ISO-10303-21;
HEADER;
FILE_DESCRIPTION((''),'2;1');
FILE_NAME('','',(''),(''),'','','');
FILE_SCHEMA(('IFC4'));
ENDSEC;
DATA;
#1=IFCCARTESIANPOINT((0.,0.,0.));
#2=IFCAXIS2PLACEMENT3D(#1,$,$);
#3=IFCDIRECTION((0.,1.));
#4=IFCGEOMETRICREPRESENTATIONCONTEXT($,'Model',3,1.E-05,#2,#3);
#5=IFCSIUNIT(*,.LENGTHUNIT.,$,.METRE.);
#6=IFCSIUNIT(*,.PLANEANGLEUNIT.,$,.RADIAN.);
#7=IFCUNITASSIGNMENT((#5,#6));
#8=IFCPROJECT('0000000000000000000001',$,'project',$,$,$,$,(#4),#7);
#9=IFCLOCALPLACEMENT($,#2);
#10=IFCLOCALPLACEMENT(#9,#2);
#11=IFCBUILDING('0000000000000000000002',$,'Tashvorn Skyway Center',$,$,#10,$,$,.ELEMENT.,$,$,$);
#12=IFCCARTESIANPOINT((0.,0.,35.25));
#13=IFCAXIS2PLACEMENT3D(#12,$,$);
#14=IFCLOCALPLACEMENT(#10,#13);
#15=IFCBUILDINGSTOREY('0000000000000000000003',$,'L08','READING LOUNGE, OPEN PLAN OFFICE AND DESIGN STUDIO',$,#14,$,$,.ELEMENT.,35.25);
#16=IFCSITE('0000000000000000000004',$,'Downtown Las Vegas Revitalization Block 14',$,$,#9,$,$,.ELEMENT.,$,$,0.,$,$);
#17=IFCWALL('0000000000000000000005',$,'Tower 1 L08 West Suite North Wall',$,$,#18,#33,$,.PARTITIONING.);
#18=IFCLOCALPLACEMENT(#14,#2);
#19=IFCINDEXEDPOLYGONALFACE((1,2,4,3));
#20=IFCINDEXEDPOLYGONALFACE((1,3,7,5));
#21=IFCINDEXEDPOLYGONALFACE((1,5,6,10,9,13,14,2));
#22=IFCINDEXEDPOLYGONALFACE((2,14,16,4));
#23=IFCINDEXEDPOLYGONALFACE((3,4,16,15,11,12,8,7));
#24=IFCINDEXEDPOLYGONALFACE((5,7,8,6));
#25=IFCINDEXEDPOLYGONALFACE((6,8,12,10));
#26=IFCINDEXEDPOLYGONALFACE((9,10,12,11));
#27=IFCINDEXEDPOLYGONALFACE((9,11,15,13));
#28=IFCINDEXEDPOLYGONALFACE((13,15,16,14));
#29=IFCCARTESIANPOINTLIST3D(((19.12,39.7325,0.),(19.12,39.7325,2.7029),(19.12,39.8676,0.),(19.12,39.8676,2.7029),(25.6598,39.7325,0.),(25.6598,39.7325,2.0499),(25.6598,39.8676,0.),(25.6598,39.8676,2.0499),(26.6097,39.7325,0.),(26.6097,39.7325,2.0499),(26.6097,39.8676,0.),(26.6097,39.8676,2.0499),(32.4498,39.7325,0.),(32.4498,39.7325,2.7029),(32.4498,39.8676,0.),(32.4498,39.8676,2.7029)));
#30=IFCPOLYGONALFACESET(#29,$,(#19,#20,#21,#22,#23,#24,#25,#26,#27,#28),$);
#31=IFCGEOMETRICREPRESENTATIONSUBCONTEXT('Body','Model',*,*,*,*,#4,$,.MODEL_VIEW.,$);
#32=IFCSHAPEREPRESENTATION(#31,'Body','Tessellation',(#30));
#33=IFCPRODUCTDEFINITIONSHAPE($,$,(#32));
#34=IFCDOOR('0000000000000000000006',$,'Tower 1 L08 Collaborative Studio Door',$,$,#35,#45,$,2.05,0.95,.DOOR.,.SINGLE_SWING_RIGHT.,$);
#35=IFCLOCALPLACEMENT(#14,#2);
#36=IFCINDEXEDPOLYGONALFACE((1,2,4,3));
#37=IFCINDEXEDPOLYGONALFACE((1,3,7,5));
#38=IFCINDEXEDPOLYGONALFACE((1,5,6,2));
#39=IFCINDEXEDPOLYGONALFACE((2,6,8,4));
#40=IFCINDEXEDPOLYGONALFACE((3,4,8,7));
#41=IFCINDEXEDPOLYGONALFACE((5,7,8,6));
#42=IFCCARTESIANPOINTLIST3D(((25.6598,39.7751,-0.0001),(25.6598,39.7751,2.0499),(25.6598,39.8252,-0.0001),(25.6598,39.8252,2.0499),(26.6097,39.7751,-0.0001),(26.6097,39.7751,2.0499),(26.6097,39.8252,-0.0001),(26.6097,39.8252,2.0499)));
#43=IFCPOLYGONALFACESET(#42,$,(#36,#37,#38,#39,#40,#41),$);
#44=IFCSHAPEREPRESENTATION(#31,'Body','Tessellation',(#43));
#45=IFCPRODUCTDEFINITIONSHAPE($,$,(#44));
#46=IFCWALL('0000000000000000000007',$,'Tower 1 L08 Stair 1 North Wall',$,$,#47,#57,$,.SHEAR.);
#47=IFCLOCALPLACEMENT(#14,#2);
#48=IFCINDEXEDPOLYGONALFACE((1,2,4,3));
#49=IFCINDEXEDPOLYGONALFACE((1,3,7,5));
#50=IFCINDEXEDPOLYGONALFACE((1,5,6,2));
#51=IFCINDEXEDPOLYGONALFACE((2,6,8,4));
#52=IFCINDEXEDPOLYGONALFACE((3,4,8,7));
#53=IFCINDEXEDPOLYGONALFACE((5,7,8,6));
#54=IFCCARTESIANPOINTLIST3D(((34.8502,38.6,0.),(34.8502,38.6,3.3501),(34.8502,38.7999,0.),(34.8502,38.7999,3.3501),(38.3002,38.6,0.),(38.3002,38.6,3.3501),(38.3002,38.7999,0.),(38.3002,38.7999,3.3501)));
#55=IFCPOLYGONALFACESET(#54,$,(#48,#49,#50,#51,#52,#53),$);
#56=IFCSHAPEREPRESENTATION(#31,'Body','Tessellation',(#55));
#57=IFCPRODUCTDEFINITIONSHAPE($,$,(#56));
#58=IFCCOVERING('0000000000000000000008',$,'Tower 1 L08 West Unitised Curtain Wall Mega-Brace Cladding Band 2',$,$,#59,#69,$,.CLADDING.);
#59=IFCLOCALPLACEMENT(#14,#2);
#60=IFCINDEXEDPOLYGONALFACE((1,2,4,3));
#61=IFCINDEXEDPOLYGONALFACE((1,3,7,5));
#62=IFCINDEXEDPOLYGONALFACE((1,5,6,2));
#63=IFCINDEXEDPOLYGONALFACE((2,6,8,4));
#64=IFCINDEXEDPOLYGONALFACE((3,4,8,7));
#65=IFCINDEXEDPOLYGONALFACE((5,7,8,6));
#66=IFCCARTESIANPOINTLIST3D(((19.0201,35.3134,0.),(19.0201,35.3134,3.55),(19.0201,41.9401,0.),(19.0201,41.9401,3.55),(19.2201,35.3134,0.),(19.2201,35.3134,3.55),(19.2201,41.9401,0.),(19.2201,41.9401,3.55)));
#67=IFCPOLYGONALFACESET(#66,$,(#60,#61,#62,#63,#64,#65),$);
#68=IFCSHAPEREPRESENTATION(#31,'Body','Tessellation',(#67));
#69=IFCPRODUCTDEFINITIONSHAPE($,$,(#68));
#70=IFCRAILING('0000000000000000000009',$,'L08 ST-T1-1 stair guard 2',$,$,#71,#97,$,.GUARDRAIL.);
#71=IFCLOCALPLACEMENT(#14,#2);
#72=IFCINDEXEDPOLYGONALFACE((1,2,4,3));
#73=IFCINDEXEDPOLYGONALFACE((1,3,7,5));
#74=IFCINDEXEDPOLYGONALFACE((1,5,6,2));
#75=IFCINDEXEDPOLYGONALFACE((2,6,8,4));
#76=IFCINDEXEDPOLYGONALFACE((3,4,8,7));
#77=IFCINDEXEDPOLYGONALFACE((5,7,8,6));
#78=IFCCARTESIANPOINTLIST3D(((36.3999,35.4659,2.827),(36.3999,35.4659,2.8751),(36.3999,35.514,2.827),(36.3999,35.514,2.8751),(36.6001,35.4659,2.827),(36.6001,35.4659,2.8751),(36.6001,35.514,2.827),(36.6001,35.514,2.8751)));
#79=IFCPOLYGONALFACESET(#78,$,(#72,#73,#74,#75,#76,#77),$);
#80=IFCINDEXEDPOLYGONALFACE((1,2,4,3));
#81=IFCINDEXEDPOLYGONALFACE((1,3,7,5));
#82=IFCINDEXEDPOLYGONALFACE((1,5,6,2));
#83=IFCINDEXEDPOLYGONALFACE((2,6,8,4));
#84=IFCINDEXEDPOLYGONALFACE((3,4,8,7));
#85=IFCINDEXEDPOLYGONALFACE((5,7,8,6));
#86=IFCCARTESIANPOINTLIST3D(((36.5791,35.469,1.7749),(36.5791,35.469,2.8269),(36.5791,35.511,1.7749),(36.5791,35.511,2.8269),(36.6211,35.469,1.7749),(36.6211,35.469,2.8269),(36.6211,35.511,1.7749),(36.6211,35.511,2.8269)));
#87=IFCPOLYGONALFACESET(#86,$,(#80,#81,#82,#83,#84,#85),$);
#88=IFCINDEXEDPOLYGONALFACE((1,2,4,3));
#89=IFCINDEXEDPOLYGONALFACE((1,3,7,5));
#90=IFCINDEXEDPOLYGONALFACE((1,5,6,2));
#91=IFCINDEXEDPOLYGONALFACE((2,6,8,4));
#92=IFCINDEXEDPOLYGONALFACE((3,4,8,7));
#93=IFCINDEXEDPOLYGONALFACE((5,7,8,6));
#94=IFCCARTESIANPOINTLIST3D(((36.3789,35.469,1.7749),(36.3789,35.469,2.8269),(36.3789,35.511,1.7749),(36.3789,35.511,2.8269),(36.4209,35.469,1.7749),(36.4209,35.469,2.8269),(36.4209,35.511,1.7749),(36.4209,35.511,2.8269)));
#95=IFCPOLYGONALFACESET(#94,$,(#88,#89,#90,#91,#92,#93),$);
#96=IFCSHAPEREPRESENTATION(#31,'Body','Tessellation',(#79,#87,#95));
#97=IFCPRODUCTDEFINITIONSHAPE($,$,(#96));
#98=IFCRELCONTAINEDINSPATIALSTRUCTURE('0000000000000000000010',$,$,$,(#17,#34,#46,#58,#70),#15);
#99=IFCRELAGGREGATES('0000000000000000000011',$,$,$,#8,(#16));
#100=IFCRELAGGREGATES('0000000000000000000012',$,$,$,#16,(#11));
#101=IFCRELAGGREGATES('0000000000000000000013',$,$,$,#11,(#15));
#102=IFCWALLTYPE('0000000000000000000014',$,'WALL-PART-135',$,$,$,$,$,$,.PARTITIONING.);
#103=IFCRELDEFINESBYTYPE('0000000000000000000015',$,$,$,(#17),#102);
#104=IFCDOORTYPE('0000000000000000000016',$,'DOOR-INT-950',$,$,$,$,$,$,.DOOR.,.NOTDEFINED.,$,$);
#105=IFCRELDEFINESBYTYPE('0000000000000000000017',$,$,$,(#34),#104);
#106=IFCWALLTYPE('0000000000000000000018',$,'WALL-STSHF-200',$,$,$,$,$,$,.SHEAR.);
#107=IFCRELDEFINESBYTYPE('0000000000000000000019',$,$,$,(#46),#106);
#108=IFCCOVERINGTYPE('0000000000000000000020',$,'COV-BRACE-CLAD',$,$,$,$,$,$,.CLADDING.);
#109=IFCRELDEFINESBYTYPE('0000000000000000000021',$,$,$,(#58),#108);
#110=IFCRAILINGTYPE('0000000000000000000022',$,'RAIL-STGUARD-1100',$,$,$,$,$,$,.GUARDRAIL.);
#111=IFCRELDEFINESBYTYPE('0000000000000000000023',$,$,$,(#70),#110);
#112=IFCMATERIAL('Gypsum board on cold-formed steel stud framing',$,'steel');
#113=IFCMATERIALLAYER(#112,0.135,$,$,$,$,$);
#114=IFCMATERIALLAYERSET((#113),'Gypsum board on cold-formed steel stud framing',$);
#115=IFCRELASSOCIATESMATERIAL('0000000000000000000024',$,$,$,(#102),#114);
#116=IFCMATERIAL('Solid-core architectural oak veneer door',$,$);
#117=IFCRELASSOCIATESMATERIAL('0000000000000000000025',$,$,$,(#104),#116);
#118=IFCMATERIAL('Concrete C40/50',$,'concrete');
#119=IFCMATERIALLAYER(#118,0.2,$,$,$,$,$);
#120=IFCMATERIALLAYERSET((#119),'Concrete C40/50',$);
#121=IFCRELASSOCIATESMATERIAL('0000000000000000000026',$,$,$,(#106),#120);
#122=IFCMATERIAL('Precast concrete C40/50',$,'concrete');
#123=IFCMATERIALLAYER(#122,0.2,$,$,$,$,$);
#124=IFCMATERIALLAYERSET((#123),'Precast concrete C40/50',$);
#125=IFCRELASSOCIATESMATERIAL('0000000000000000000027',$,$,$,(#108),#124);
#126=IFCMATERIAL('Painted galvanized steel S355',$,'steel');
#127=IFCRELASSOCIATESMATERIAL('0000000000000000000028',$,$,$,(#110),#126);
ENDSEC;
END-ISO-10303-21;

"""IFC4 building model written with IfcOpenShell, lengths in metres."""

from ifc_helpers import new_model, si_unit, direction, frame, frame_2d, origin, origin_2d, place, context, subcontext, project, spatial, rectangle, extrude, material, layer, layer_set, type_object, element, fill, save


model = new_model("IFC4")

# Units and contexts
model_context = context("Model", 3, precision=1e-05, world=origin(), true_north=direction((0.0, 1.0)))
body_context = subcontext(model_context, "Body", "Model", "MODEL_VIEW")
ifc_project = project(units=[si_unit("LENGTHUNIT", "METRE"), si_unit("PLANEANGLEUNIT", "RADIAN")], contexts=[model_context])

# Site, building, storey
site_placement = place(None, origin())
site = spatial("IfcSite", under=ifc_project, at=site_placement, Name="Downtown Las Vegas Revitalization Block 14", CompositionType="ELEMENT", RefElevation=0.0)
building_placement = place(site_placement, origin())
building = spatial("IfcBuilding", under=site, at=building_placement, Name="Tashvorn Skyway Center", CompositionType="ELEMENT")
storey_placement = place(building_placement, frame((0.0, 0.0, 35.25)))
storey = spatial("IfcBuildingStorey", under=building, at=storey_placement, Name="L08", Description="READING LOUNGE, OPEN PLAN OFFICE AND DESIGN STUDIO", CompositionType="ELEMENT", Elevation=35.25)

# Shared definitions
ifc_material_1 = material(Name="Gypsum board on cold-formed steel stud framing", Category="steel")

# Shared definitions
ifc_layer_1 = layer(ifc_material_1, 0.135)
ifc_layer_set_1 = layer_set([ifc_layer_1], Name="Gypsum board on cold-formed steel stud framing")
wall_type_1 = type_object("IfcWallType", Name="WALL-PART-135", PredefinedType="PARTITIONING", material=ifc_layer_set_1)
ifc_material_2 = material(Name="Solid-core architectural oak veneer door")
door_type_1 = type_object("IfcDoorType", Name="DOOR-INT-950", OperationType="NOTDEFINED", PredefinedType="DOOR", material=ifc_material_2)

# Wall, opening, door
wall_1_placement = place(storey_placement, frame((32.45, 39.8, 0.0), z_axis=(0.0, 0.0, 1.0), x_axis=(-1.0, 0.0, 0.0)))
wall_1 = element("IfcWall", 1, at=wall_1_placement, inside=storey, type_object=wall_type_1, Name="Tower 1 L08 West Suite North Wall", PredefinedType="PARTITIONING", context=body_context, shape_type="SweptSolid", body=[
    extrude(rectangle(XDim=13.3298, YDim=0.135, at=frame_2d((6.665, 0.0))), origin(), (0.0, 0.0, 1.0), 2.7029),
])
opening_1_placement = place(wall_1_placement, frame((5.8401, 0.0, 0.0)))
opening_1 = element("IfcOpeningElement", 2, at=opening_1_placement, cuts=wall_1, PredefinedType="OPENING", context=body_context, shape_type="SweptSolid", body=[
    extrude(rectangle(XDim=0.95, YDim=2.05, at=frame_2d((0.4751, 1.0249))), frame((0.0, 0.0774, 0.0), z_axis=(0.0, -1.0, 0.0), x_axis=(1.0, 0.0, 0.0)), (0.0, 0.0, 1.0), 0.155),
])
door_1_placement = place(opening_1_placement, origin())
door_1 = element("IfcDoor", 3, at=door_1_placement, inside=storey, type_object=door_type_1, Name="Tower 1 L08 Collaborative Studio Door", OperationType="SINGLE_SWING_RIGHT", OverallHeight=2.05, OverallWidth=0.95, PredefinedType="DOOR", context=body_context, shape_type="SweptSolid", body=[
    extrude(rectangle(XDim=0.95, YDim=2.05, at=frame_2d((0.4751, 1.0249))), frame((0.0, 0.0249, 0.0), z_axis=(0.0, -1.0, 0.0), x_axis=(1.0, 0.0, 0.0)), (0.0, 0.0, 1.0), 0.05),
])
fill(opening_1, door_1)

# Wall
ifc_material_3 = material(Name="Concrete C40/50", Category="concrete")
ifc_layer_2 = layer(ifc_material_3, 0.2)
ifc_layer_set_2 = layer_set([ifc_layer_2], Name="Concrete C40/50")
wall_type_2 = type_object("IfcWallType", Name="WALL-STSHF-200", PredefinedType="SHEAR", material=ifc_layer_set_2)
wall_2_placement = place(storey_placement, frame((34.8501, 38.7, 0.0), z_axis=(0.0, 0.0, 1.0), x_axis=(1.0, 0.0, 0.0)))
element("IfcWall", 4, at=wall_2_placement, inside=storey, type_object=wall_type_2, Name="Tower 1 L08 Stair 1 North Wall", PredefinedType="SHEAR", context=body_context, shape_type="SweptSolid", body=[
    extrude(rectangle(XDim=3.45, YDim=0.2, at=frame_2d((1.7251, 0.0))), origin(), (0.0, 0.0, 1.0), 3.3501),
])

# Covering
ifc_material_4 = material(Name="Precast concrete C40/50", Category="concrete")
ifc_layer_3 = layer(ifc_material_4, 0.2)
ifc_layer_set_3 = layer_set([ifc_layer_3], Name="Precast concrete C40/50")
covering_type = type_object("IfcCoveringType", Name="COV-BRACE-CLAD", PredefinedType="CLADDING", material=ifc_layer_set_3)
covering_placement = place(storey_placement, frame((19.1201, 38.6267, 0.0), z_axis=(0.0, 0.0, 1.0), x_axis=(0.0, 1.0, 0.0)))
element("IfcCovering", 5, at=covering_placement, inside=storey, type_object=covering_type, Name="Tower 1 L08 West Unitised Curtain Wall Mega-Brace Cladding Band 2", PredefinedType="CLADDING", context=body_context, shape_type="SweptSolid", body=[
    extrude(rectangle(XDim=6.6267, YDim=0.2, at=origin_2d()), origin(), (0.0, 0.0, 1.0), 3.55),
])

# Railing
ifc_material_5 = material(Name="Painted galvanized steel S355", Category="steel")
railing_type = type_object("IfcRailingType", Name="RAIL-STGUARD-1100", PredefinedType="GUARDRAIL", material=ifc_material_5)
railing_placement = place(storey_placement, frame((36.6001, 35.49, 1.7749)))
element("IfcRailing", 6, at=railing_placement, inside=storey, type_object=railing_type, Name="L08 ST-T1-1 stair guard 2", PredefinedType="GUARDRAIL", context=body_context, shape_type="SweptSolid", body=[
    extrude(rectangle(XDim=0.0481, YDim=0.0481, at=origin_2d()), frame((0.0, 0.0, 1.0762), z_axis=(-1.0, 0.0, 0.0), x_axis=(0.0, -1.0, 0.0)), (0.0, 0.0, 1.0), 0.2002),
    extrude(rectangle(XDim=0.042, YDim=0.042, at=origin_2d()), origin(), (0.0, 0.0, 1.0), 1.052),
    extrude(rectangle(XDim=0.042, YDim=0.042, at=origin_2d()), frame((-0.2002, 0.0, 0.0)), (0.0, 0.0, 1.0), 1.052),
])

save(model, "model.ifc")
